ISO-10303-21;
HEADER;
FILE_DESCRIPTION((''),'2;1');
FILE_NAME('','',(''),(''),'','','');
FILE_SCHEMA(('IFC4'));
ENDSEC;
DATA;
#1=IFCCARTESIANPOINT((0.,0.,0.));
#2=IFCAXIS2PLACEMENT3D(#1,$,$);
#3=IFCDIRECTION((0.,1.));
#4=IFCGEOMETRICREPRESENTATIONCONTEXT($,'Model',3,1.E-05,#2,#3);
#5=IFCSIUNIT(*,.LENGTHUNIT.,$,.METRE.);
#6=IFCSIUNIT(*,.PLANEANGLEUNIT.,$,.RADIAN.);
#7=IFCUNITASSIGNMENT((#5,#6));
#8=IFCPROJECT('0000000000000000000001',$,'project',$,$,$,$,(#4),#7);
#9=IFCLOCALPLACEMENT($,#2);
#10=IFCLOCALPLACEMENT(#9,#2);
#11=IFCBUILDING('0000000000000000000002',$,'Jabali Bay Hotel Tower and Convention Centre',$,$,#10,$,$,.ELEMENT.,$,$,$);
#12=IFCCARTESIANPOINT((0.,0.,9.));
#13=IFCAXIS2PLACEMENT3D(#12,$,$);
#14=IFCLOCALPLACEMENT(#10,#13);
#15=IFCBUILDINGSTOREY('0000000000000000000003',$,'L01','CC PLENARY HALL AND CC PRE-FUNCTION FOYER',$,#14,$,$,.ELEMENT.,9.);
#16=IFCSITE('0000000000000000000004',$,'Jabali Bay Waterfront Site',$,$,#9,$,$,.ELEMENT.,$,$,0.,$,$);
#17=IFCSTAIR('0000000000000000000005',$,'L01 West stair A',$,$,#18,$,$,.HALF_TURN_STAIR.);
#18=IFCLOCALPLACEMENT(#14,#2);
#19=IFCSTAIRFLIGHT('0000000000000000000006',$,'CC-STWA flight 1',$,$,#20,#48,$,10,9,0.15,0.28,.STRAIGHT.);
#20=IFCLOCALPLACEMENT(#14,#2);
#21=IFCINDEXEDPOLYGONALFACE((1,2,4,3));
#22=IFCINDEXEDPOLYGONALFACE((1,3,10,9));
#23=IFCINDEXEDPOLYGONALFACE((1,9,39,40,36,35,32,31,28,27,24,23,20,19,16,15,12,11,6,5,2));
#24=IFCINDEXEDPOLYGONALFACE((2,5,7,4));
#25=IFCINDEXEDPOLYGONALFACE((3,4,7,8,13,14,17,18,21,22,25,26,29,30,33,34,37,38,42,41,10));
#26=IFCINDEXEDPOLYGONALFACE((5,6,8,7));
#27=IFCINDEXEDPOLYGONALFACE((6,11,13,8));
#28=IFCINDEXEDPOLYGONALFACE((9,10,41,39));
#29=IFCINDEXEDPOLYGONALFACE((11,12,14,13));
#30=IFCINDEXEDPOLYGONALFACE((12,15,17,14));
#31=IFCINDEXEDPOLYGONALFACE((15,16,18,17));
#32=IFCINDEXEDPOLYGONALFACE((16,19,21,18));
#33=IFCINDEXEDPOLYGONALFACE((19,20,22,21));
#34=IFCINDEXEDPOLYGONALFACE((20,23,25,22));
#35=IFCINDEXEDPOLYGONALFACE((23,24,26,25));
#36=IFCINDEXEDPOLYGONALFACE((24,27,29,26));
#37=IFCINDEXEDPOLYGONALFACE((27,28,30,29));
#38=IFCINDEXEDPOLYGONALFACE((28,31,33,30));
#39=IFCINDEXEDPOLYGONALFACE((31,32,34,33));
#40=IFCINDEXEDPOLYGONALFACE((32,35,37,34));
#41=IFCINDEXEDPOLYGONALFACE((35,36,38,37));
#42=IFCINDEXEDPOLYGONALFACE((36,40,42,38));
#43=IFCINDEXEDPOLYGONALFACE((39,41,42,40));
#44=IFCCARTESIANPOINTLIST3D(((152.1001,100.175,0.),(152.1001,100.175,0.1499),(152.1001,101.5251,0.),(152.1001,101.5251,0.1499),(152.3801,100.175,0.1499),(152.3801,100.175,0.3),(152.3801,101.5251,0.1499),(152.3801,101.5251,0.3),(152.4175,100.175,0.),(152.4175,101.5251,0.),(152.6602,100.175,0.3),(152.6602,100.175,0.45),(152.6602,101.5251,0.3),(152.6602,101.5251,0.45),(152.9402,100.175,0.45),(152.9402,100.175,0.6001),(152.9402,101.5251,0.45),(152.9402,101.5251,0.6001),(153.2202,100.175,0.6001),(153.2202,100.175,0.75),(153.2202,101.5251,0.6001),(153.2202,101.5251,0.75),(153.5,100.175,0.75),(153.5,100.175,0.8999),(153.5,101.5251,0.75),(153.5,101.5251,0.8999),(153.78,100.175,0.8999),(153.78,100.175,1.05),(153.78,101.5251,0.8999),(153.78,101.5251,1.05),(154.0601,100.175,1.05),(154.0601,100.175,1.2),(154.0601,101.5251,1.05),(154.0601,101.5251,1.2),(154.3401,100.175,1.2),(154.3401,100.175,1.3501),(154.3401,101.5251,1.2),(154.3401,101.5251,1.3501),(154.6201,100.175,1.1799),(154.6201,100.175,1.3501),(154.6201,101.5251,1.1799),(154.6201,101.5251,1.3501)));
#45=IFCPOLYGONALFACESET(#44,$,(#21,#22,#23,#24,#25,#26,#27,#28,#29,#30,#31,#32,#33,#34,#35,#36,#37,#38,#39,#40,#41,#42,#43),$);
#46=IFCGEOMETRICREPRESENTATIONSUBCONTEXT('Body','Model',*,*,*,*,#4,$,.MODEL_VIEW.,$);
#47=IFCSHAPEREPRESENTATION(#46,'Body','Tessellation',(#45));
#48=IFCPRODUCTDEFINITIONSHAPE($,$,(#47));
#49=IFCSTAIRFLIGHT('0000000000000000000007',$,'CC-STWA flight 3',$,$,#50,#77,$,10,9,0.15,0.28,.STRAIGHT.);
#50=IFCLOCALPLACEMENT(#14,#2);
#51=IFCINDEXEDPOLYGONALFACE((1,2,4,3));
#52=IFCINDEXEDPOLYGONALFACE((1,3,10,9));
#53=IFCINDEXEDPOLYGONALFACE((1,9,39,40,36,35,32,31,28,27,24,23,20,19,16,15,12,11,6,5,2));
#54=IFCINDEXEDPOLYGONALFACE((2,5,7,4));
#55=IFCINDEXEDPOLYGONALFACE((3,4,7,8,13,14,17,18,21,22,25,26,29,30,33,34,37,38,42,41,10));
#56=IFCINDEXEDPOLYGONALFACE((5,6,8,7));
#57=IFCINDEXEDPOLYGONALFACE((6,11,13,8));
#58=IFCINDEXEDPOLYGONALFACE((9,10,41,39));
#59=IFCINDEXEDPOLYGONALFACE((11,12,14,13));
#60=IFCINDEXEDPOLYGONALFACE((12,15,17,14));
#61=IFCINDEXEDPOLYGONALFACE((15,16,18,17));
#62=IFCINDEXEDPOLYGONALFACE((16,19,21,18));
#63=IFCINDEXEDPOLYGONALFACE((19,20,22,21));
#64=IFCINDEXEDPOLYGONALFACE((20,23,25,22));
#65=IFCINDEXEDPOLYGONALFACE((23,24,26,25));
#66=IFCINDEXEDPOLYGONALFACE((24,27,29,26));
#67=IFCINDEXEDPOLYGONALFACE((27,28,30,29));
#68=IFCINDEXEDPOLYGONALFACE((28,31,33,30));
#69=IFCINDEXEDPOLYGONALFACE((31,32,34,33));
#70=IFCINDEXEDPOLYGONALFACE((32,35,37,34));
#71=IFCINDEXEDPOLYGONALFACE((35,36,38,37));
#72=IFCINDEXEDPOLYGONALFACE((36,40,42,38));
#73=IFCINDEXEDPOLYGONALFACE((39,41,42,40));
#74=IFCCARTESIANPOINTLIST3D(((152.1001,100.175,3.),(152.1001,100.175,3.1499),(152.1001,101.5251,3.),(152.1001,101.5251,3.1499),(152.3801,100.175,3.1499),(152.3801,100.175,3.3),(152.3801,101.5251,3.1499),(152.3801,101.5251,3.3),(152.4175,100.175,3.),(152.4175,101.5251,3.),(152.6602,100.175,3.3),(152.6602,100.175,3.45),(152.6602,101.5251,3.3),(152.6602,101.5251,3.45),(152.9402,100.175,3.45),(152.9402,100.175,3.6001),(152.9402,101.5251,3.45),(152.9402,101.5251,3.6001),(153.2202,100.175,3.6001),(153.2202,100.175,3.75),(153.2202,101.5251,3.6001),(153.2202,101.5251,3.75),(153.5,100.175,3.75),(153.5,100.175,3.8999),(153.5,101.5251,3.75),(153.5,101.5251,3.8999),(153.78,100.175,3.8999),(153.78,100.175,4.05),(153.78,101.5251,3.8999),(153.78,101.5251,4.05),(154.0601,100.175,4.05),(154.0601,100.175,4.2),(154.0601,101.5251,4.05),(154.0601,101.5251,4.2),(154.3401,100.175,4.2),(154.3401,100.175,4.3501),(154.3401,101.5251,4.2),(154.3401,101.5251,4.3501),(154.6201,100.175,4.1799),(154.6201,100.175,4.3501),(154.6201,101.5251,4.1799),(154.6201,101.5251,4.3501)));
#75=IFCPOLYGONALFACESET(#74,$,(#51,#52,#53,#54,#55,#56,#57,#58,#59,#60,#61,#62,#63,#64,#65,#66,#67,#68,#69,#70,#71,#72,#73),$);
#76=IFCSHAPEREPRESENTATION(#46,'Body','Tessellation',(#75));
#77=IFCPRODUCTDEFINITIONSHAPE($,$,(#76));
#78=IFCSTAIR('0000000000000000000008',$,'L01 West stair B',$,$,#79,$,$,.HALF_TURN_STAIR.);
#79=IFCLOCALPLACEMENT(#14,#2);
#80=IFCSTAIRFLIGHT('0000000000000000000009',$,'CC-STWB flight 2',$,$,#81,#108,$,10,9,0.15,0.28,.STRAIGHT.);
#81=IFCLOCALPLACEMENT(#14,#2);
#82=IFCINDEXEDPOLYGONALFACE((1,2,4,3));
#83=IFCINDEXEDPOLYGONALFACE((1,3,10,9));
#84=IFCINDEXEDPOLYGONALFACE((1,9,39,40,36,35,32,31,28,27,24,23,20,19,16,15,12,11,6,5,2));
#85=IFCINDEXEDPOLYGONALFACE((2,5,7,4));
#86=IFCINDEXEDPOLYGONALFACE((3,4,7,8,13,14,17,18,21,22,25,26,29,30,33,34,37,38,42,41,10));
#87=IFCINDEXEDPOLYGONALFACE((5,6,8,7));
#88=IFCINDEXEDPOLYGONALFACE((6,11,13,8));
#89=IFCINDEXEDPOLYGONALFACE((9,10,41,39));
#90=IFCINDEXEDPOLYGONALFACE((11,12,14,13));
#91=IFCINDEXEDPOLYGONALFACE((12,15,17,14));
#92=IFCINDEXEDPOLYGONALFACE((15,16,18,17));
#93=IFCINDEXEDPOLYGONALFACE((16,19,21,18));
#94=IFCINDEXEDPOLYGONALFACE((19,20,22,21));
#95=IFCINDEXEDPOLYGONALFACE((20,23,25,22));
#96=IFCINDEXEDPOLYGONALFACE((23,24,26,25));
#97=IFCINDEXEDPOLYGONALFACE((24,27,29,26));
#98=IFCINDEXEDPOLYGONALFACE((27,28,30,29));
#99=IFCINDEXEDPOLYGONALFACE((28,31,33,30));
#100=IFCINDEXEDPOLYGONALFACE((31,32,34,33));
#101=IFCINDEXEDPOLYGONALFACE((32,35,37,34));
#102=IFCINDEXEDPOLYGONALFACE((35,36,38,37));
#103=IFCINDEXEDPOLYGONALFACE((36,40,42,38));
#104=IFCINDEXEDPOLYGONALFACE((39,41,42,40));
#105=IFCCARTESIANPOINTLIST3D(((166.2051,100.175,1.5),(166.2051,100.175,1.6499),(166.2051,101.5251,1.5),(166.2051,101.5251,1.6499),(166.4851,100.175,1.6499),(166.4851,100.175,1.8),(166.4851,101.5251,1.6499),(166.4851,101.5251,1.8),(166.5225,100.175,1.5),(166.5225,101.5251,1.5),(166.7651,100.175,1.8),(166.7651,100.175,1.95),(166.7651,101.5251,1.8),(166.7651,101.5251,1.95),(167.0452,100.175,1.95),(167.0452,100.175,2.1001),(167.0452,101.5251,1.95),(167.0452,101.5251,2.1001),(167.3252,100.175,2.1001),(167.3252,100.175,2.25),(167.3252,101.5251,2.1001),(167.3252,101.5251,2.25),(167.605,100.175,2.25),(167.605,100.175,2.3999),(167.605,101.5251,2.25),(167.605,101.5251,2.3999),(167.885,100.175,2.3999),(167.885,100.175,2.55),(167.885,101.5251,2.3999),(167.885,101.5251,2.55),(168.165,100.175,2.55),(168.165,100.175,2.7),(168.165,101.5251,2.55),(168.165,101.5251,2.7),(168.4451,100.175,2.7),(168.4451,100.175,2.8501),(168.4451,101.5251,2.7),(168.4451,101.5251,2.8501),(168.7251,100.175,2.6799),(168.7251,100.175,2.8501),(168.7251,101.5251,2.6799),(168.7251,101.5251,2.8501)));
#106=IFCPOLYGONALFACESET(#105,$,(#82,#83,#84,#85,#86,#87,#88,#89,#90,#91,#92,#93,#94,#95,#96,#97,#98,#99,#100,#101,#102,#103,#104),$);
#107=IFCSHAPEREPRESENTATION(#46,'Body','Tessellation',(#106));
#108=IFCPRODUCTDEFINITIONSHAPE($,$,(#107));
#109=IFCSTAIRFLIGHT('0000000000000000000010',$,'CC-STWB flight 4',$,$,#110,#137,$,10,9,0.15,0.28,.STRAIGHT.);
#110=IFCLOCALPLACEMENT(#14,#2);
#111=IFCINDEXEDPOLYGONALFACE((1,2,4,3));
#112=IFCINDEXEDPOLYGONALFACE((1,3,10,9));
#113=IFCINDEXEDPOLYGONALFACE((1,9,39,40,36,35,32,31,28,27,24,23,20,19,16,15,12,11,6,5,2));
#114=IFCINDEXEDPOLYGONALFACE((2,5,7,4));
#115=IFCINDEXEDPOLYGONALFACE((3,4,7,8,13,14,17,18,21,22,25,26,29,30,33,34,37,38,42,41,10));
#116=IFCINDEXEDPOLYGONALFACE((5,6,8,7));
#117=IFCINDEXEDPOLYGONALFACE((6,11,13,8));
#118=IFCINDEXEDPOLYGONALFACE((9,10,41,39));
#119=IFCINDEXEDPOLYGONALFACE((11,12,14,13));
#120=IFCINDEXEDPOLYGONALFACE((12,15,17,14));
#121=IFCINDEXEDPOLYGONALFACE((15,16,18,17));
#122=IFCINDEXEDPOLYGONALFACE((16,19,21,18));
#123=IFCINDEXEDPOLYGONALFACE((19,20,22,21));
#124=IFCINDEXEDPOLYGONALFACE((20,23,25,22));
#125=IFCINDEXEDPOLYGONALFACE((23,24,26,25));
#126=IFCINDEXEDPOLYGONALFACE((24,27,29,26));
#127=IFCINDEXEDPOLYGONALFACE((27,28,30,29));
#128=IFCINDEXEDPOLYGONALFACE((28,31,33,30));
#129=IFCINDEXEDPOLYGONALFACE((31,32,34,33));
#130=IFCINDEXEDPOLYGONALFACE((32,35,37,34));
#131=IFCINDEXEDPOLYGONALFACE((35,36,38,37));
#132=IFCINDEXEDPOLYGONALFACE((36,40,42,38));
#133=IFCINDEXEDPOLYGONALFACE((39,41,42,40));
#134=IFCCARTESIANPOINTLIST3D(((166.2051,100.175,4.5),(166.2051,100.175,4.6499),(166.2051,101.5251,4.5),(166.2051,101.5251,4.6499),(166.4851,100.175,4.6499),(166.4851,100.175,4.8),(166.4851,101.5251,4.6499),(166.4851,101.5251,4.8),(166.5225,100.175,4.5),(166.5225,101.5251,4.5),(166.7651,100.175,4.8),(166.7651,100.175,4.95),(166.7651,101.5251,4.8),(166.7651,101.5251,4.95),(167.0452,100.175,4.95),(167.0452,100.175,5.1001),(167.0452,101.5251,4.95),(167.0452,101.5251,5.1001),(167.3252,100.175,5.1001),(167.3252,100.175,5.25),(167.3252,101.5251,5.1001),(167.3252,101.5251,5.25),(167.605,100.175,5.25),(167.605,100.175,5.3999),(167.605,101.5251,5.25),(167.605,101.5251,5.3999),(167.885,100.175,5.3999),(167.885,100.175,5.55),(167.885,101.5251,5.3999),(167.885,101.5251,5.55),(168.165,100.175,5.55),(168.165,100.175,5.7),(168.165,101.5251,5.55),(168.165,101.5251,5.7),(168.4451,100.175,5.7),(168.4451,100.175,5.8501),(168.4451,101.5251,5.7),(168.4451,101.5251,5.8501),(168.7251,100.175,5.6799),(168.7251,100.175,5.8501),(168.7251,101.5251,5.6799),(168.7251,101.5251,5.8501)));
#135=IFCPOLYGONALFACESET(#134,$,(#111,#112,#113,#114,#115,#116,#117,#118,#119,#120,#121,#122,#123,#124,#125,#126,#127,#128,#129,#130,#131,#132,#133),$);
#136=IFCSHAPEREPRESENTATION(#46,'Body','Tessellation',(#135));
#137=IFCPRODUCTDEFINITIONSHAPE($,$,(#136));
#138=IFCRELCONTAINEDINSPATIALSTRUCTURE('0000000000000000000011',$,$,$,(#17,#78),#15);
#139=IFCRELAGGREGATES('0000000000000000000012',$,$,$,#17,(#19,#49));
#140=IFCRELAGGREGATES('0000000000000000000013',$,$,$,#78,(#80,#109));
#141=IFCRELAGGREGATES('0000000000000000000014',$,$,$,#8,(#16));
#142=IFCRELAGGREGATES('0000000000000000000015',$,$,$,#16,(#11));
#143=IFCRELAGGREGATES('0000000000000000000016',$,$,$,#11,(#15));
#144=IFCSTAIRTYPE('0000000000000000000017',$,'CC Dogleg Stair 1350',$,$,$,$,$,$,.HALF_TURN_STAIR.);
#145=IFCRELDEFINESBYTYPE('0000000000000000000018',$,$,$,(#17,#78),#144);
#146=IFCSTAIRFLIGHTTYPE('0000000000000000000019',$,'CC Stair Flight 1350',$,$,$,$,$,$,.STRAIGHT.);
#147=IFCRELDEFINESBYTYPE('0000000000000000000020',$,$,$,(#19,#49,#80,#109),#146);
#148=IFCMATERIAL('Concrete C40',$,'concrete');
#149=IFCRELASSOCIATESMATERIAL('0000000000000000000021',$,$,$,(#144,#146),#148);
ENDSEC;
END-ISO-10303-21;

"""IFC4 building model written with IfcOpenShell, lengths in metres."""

from ifc_helpers import new_model, si_unit, direction, frame, origin, place, context, subcontext, project, spatial, polyline, outline, extrude, material, type_object, element, aggregate, save


model = new_model("IFC4")

# Units and contexts
model_context = context("Model", 3, precision=1e-05, world=origin(), true_north=direction((0.0, 1.0)))
body_context = subcontext(model_context, "Body", "Model", "MODEL_VIEW")
ifc_project = project(units=[si_unit("LENGTHUNIT", "METRE"), si_unit("PLANEANGLEUNIT", "RADIAN")], contexts=[model_context])

# Site, building, storey
site_placement = place(None, origin())
site = spatial("IfcSite", under=ifc_project, at=site_placement, Name="Jabali Bay Waterfront Site", CompositionType="ELEMENT", RefElevation=0.0)
building_placement = place(site_placement, origin())
building = spatial("IfcBuilding", under=site, at=building_placement, Name="Jabali Bay Hotel Tower and Convention Centre", CompositionType="ELEMENT")
storey_placement = place(building_placement, frame((0.0, 0.0, 9.0)))
storey = spatial("IfcBuildingStorey", under=building, at=storey_placement, Name="L01", Description="CC PLENARY HALL AND CC PRE-FUNCTION FOYER", CompositionType="ELEMENT", Elevation=9.0)

# Shared definitions
ifc_material_1 = material(Name="Concrete C40", Category="concrete")

# Stairs, stair flights
stair_type = type_object("IfcStairType", Name="CC Dogleg Stair 1350", PredefinedType="HALF_TURN_STAIR", material=ifc_material_1)
stair_1_placement = place(storey_placement, origin())
stair_1 = element("IfcStair", 1, at=stair_1_placement, inside=storey, type_object=stair_type, Name="L01 West stair A", PredefinedType="HALF_TURN_STAIR")
stair_flight_type = type_object("IfcStairFlightType", Name="CC Stair Flight 1350", PredefinedType="STRAIGHT", material=ifc_material_1)
stair_flight_1_placement = place(storey_placement, frame((152.1001, 100.8501, 0.0), z_axis=(0.0, 0.0, 1.0), x_axis=(1.0, 0.0, 0.0)))
stair_flight_1 = element("IfcStairFlight", 2, at=stair_flight_1_placement, type_object=stair_flight_type, Name="CC-STWA flight 1", NumberOfRisers=10, NumberOfTreads=9, PredefinedType="STRAIGHT", RiserHeight=0.15, TreadLength=0.28, context=body_context, shape_type="SweptSolid", body=[
    extrude(outline(polyline([(0.0, 0.0), (0.0, 0.1499), (0.28, 0.1499), (0.28, 0.3), (0.5601, 0.3), (0.5601, 0.45), (0.8401, 0.45), (0.8401, 0.6001), (1.1201, 0.6001), (1.1201, 0.75), (1.3999, 0.75), (1.3999, 0.8999), (1.6799, 0.8999), (1.6799, 1.05), (1.96, 1.05), (1.96, 1.2), (2.24, 1.2), (2.24, 1.3501), (2.52, 1.3501), (2.52, 1.5), (2.52, 1.1799), (0.3174, 0.0), (0.0, 0.0)])), frame((0.0, 0.675, 0.0), z_axis=(0.0, -1.0, 0.0), x_axis=(1.0, 0.0, 0.0)), (0.0, 0.0, 1.0), 1.3501),
])
stair_flight_2_placement = place(storey_placement, frame((152.1001, 100.8501, 3.0), z_axis=(0.0, 0.0, 1.0), x_axis=(1.0, 0.0, 0.0)))
stair_flight_2 = element("IfcStairFlight", 3, at=stair_flight_2_placement, type_object=stair_flight_type, Name="CC-STWA flight 3", NumberOfRisers=10, NumberOfTreads=9, PredefinedType="STRAIGHT", RiserHeight=0.15, TreadLength=0.28, context=body_context, shape_type="SweptSolid", body=[
    extrude(outline(polyline([(0.0, 0.0), (0.0, 0.1499), (0.28, 0.1499), (0.28, 0.3), (0.5601, 0.3), (0.5601, 0.45), (0.8401, 0.45), (0.8401, 0.6001), (1.1201, 0.6001), (1.1201, 0.75), (1.3999, 0.75), (1.3999, 0.8999), (1.6799, 0.8999), (1.6799, 1.05), (1.96, 1.05), (1.96, 1.2), (2.24, 1.2), (2.24, 1.3501), (2.52, 1.3501), (2.52, 1.5), (2.52, 1.1799), (0.3174, 0.0), (0.0, 0.0)])), frame((0.0, 0.675, 0.0), z_axis=(0.0, -1.0, 0.0), x_axis=(1.0, 0.0, 0.0)), (0.0, 0.0, 1.0), 1.3501),
])
aggregate(stair_1, [stair_flight_1, stair_flight_2])
stair_2_placement = place(storey_placement, origin())
stair_2 = element("IfcStair", 4, at=stair_2_placement, inside=storey, type_object=stair_type, Name="L01 West stair B", PredefinedType="HALF_TURN_STAIR")
stair_flight_3_placement = place(storey_placement, frame((166.2051, 100.8501, 1.5), z_axis=(0.0, 0.0, 1.0), x_axis=(1.0, 0.0, 0.0)))
stair_flight_3 = element("IfcStairFlight", 5, at=stair_flight_3_placement, type_object=stair_flight_type, Name="CC-STWB flight 2", NumberOfRisers=10, NumberOfTreads=9, PredefinedType="STRAIGHT", RiserHeight=0.15, TreadLength=0.28, context=body_context, shape_type="SweptSolid", body=[
    extrude(outline(polyline([(0.0, 0.0), (0.0, 0.1499), (0.28, 0.1499), (0.28, 0.3), (0.5601, 0.3), (0.5601, 0.45), (0.8401, 0.45), (0.8401, 0.6001), (1.1201, 0.6001), (1.1201, 0.75), (1.3999, 0.75), (1.3999, 0.8999), (1.6799, 0.8999), (1.6799, 1.05), (1.96, 1.05), (1.96, 1.2), (2.24, 1.2), (2.24, 1.3501), (2.52, 1.3501), (2.52, 1.5), (2.52, 1.1799), (0.3174, 0.0), (0.0, 0.0)])), frame((0.0, 0.675, 0.0), z_axis=(0.0, -1.0, 0.0), x_axis=(1.0, 0.0, 0.0)), (0.0, 0.0, 1.0), 1.3501),
])
stair_flight_4_placement = place(storey_placement, frame((166.2051, 100.8501, 4.5), z_axis=(0.0, 0.0, 1.0), x_axis=(1.0, 0.0, 0.0)))
stair_flight_4 = element("IfcStairFlight", 6, at=stair_flight_4_placement, type_object=stair_flight_type, Name="CC-STWB flight 4", NumberOfRisers=10, NumberOfTreads=9, PredefinedType="STRAIGHT", RiserHeight=0.15, TreadLength=0.28, context=body_context, shape_type="SweptSolid", body=[
    extrude(outline(polyline([(0.0, 0.0), (0.0, 0.1499), (0.28, 0.1499), (0.28, 0.3), (0.5601, 0.3), (0.5601, 0.45), (0.8401, 0.45), (0.8401, 0.6001), (1.1201, 0.6001), (1.1201, 0.75), (1.3999, 0.75), (1.3999, 0.8999), (1.6799, 0.8999), (1.6799, 1.05), (1.96, 1.05), (1.96, 1.2), (2.24, 1.2), (2.24, 1.3501), (2.52, 1.3501), (2.52, 1.5), (2.52, 1.1799), (0.3174, 0.0), (0.0, 0.0)])), frame((0.0, 0.675, 0.0), z_axis=(0.0, -1.0, 0.0), x_axis=(1.0, 0.0, 0.0)), (0.0, 0.0, 1.0), 1.3501),
])
aggregate(stair_2, [stair_flight_3, stair_flight_4])

save(model, "model.ifc")
